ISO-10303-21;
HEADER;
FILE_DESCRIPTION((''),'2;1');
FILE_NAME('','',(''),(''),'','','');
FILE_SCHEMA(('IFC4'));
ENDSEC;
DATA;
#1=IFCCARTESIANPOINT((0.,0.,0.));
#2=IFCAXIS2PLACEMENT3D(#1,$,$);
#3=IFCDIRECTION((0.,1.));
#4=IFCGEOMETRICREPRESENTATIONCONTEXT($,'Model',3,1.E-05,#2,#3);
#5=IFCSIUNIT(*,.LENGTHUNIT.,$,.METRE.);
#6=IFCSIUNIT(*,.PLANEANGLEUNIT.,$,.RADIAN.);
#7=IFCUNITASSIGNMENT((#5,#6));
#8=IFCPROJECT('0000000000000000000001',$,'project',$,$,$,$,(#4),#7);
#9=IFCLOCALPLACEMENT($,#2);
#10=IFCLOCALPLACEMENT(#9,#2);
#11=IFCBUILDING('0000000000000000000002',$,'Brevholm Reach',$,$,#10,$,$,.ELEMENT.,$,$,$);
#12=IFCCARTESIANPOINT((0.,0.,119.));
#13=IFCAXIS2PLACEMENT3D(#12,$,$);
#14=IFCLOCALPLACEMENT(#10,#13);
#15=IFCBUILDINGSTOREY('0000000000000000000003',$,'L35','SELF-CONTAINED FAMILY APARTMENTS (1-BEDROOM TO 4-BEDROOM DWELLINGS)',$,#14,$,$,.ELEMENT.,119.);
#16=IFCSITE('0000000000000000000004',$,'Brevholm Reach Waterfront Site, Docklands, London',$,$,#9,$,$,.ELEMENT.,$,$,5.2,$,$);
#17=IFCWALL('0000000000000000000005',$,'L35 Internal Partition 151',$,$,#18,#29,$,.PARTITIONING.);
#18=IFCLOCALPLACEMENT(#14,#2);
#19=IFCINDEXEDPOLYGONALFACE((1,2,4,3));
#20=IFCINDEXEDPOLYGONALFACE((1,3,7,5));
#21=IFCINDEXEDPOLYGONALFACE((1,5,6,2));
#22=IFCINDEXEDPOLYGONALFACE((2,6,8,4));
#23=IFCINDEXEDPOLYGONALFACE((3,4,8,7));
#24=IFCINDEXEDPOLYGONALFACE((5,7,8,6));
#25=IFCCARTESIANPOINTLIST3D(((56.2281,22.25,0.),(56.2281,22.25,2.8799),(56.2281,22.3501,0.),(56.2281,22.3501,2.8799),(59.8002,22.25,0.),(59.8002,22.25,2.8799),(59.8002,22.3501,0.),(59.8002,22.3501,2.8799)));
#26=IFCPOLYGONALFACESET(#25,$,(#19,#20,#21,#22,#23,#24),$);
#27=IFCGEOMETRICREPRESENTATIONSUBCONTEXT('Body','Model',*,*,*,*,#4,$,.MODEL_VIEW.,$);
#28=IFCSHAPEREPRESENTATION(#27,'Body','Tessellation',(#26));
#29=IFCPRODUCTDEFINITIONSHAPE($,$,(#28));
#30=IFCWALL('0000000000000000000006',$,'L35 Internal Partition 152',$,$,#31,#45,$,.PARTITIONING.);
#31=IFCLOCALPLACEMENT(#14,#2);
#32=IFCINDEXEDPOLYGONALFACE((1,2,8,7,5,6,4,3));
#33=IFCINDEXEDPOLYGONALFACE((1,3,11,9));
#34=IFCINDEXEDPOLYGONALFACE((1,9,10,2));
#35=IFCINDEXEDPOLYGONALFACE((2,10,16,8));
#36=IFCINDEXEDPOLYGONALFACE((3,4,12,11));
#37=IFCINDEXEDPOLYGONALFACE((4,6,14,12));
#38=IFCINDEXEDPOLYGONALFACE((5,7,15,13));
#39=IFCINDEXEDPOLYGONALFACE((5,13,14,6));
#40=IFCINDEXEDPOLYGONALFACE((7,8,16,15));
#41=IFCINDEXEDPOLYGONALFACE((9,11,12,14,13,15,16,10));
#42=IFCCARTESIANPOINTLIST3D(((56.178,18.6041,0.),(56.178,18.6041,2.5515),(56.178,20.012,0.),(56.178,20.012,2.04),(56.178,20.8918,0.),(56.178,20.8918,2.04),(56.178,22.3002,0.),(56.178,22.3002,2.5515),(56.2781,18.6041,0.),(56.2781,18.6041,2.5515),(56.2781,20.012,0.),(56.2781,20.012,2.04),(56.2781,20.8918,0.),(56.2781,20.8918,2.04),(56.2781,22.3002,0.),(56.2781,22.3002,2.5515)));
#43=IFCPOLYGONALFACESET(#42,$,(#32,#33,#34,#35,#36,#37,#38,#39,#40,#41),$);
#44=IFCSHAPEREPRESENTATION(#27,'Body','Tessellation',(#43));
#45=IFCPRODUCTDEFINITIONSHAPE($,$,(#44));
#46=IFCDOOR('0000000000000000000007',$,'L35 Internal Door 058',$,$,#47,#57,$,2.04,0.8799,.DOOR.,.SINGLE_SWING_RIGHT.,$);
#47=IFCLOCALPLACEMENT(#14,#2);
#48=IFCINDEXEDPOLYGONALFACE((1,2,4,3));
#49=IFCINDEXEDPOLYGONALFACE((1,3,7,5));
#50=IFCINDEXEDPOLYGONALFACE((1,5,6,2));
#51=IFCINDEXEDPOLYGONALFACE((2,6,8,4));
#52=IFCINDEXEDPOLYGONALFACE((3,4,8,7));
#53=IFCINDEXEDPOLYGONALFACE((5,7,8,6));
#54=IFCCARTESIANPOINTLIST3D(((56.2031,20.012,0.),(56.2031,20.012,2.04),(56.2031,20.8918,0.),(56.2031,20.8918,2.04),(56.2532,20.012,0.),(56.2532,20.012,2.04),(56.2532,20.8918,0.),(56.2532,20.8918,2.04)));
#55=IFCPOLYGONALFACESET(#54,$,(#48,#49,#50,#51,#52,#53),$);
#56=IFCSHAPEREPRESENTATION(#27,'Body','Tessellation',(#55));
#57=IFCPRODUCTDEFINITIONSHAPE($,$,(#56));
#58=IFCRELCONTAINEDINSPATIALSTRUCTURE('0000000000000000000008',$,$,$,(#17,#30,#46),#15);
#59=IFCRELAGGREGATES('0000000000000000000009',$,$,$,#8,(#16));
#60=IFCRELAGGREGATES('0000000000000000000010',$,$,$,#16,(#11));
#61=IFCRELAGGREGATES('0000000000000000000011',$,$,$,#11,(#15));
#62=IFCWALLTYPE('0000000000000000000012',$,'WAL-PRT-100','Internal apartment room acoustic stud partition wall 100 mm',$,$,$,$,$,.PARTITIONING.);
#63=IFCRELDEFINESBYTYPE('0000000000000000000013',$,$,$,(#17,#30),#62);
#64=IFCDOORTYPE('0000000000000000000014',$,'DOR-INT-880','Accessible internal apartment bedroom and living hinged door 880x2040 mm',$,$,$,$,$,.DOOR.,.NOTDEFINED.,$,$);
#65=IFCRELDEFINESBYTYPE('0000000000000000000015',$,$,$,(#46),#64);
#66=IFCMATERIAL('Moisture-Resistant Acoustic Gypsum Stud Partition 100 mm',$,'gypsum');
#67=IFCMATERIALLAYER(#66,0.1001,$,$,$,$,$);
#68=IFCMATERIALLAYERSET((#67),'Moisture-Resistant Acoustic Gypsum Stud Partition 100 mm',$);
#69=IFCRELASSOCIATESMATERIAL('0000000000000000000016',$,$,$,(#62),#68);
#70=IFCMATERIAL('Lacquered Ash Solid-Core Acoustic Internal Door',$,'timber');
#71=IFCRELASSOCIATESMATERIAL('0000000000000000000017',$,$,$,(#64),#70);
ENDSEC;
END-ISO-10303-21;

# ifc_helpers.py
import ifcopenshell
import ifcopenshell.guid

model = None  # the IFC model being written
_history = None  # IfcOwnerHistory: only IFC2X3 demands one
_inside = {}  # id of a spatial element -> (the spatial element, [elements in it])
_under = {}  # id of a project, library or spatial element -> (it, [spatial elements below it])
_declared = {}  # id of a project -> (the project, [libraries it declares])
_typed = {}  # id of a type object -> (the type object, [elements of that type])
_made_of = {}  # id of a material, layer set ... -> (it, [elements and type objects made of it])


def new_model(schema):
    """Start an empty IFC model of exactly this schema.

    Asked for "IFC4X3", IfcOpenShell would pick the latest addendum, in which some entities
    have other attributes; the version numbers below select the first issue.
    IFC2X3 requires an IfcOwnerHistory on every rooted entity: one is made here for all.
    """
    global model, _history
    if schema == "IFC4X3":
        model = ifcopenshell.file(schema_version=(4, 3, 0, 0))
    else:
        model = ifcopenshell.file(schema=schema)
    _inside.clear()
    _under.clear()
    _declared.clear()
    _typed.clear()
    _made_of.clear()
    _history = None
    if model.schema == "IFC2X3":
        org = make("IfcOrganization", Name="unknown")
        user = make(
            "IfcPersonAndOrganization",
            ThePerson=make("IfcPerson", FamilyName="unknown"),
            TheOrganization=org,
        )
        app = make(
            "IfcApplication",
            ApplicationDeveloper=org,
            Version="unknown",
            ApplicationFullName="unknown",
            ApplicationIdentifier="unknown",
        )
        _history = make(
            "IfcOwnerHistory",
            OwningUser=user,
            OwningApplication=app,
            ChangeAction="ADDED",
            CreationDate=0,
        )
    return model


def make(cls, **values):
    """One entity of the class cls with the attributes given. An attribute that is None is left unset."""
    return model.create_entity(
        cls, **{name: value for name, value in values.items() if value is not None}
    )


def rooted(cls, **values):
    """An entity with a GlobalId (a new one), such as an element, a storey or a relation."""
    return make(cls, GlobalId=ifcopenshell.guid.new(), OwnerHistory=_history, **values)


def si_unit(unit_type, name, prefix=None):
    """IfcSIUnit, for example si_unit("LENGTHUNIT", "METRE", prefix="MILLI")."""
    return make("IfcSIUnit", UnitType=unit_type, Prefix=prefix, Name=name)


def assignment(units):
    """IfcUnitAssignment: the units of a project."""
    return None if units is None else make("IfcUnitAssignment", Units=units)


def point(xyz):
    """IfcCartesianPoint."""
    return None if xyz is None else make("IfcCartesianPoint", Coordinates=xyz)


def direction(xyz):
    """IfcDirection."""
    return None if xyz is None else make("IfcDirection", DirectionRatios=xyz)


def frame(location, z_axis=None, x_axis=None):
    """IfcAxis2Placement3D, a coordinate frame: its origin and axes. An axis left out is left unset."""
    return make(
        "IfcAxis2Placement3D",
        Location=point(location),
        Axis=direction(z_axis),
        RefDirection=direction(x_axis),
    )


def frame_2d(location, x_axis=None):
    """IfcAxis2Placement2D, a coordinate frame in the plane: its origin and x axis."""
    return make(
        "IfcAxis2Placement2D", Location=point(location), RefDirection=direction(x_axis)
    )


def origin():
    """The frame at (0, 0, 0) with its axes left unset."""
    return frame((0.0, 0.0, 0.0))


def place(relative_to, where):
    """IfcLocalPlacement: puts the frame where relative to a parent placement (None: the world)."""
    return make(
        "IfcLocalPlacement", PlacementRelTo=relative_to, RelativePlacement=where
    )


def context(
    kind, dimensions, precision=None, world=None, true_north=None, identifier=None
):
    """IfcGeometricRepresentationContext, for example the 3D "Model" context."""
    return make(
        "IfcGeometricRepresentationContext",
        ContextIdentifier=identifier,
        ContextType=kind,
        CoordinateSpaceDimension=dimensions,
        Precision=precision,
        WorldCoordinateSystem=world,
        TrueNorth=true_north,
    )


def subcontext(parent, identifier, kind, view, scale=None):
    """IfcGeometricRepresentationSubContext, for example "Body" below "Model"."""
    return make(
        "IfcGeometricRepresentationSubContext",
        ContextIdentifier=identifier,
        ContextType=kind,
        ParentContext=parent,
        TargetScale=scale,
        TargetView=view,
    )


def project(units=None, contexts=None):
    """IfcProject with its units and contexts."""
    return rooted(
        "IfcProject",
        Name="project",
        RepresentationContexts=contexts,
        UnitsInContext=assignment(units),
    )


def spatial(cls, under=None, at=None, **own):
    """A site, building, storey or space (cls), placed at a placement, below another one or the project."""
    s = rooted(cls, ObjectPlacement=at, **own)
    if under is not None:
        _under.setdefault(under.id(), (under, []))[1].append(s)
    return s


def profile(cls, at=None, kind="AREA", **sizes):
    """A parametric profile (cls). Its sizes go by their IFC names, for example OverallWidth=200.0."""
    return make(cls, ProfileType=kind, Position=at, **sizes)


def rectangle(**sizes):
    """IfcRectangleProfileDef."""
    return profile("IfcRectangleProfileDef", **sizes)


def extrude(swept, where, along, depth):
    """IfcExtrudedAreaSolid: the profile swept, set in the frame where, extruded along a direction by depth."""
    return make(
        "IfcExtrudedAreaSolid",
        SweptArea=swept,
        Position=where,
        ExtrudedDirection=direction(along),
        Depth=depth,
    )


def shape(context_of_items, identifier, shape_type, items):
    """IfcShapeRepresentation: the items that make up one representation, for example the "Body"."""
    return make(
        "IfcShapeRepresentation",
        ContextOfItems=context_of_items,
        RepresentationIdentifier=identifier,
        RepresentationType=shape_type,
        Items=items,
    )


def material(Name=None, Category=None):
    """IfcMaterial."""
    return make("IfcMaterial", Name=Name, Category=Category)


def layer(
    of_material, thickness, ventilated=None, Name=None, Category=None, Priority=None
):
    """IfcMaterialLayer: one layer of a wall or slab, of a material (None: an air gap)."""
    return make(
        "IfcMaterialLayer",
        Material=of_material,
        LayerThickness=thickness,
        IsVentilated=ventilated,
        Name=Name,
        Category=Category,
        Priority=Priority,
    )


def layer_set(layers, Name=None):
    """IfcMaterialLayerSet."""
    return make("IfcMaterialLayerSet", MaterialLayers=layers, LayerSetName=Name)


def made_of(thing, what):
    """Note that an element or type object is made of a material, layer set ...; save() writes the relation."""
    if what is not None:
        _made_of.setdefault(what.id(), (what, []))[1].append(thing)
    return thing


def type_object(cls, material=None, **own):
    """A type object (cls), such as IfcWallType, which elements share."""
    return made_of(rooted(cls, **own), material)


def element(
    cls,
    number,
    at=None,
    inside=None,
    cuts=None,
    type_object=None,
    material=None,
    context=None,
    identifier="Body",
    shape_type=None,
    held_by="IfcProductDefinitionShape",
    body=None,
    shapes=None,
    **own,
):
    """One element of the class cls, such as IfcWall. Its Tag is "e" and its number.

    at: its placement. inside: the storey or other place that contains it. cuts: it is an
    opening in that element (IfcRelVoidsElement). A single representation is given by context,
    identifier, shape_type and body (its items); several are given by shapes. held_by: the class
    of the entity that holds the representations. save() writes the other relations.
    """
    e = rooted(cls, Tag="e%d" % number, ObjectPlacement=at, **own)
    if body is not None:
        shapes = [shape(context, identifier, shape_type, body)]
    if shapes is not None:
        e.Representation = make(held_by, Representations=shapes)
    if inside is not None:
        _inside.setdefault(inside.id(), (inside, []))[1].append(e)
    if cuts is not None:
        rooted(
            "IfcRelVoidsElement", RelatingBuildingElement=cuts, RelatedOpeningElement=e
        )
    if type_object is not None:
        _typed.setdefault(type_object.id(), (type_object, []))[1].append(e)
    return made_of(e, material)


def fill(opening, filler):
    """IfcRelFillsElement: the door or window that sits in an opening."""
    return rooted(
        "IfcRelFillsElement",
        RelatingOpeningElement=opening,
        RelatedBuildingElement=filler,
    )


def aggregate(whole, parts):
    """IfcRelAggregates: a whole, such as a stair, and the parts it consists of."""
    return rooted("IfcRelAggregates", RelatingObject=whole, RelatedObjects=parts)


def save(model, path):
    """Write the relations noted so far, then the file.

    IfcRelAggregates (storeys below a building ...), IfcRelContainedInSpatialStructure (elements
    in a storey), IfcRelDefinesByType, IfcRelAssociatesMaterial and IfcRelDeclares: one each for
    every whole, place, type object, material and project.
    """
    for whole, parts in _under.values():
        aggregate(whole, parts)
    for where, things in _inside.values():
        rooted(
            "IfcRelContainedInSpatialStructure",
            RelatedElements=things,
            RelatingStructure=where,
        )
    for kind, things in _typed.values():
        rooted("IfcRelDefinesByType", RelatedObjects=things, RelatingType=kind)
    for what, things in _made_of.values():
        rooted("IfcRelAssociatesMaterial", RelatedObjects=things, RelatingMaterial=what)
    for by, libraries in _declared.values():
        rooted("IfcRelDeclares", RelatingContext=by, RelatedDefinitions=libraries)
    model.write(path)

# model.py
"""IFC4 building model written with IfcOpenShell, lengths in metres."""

from ifc_helpers import new_model, si_unit, direction, frame, frame_2d, origin, place, context, subcontext, project, spatial, rectangle, extrude, material, layer, layer_set, type_object, element, fill, save


model = new_model("IFC4")

# Units and contexts
model_context = context("Model", 3, precision=1e-05, world=origin(), true_north=direction((0.0, 1.0)))
body_context = subcontext(model_context, "Body", "Model", "MODEL_VIEW")
ifc_project = project(units=[si_unit("LENGTHUNIT", "METRE"), si_unit("PLANEANGLEUNIT", "RADIAN")], contexts=[model_context])

# Site, building, storey
site_placement = place(None, origin())
site = spatial("IfcSite", under=ifc_project, at=site_placement, Name="Brevholm Reach Waterfront Site, Docklands, London", CompositionType="ELEMENT", RefElevation=5.2)
building_placement = place(site_placement, origin())
building = spatial("IfcBuilding", under=site, at=building_placement, Name="Brevholm Reach", CompositionType="ELEMENT")
storey_placement = place(building_placement, frame((0.0, 0.0, 119.0)))
storey = spatial("IfcBuildingStorey", under=building, at=storey_placement, Name="L35", Description="SELF-CONTAINED FAMILY APARTMENTS (1-BEDROOM TO 4-BEDROOM DWELLINGS)", CompositionType="ELEMENT", Elevation=119.0)

# Wall
ifc_material_1 = material(Name="Moisture-Resistant Acoustic Gypsum Stud Partition 100 mm", Category="gypsum")
ifc_layer_1 = layer(ifc_material_1, 0.1001)
ifc_layer_set_1 = layer_set([ifc_layer_1], Name="Moisture-Resistant Acoustic Gypsum Stud Partition 100 mm")
wall_type_1 = type_object("IfcWallType", Name="WAL-PRT-100", Description="Internal apartment room acoustic stud partition wall 100 mm", PredefinedType="PARTITIONING", material=ifc_layer_set_1)
wall_1_placement = place(storey_placement, frame((56.228, 22.3, 0.0), z_axis=(0.0, 0.0, 1.0), x_axis=(1.0, 0.0, 0.0)))
element("IfcWall", 1, at=wall_1_placement, inside=storey, type_object=wall_type_1, Name="L35 Internal Partition 151", PredefinedType="PARTITIONING", context=body_context, shape_type="SweptSolid", body=[
    extrude(rectangle(XDim=3.572, YDim=0.1001, at=frame_2d((1.7861, 0.0))), origin(), (0.0, 0.0, 1.0), 2.8799),
])

# Wall, opening, door
wall_2_placement = place(storey_placement, frame((56.228, 18.604, 0.0), z_axis=(0.0, 0.0, 1.0), x_axis=(0.0, 1.0, 0.0)))
wall_2 = element("IfcWall", 2, at=wall_2_placement, inside=storey, type_object=wall_type_1, Name="L35 Internal Partition 152", PredefinedType="PARTITIONING", context=body_context, shape_type="SweptSolid", body=[
    extrude(rectangle(XDim=3.696, YDim=0.1001, at=frame_2d((1.8481, 0.0))), origin(), (0.0, 0.0, 1.0), 2.5515),
])
opening_1_placement = place(wall_2_placement, frame((1.408, 0.0, 0.0)))
opening_1 = element("IfcOpeningElement", 3, at=opening_1_placement, cuts=wall_2, PredefinedType="OPENING", context=body_context, shape_type="SweptSolid", body=[
    extrude(rectangle(XDim=0.8799, YDim=2.04, at=frame_2d((0.4399, 1.02))), frame((0.0, 0.0601, 0.0), z_axis=(0.0, -1.0, 0.0), x_axis=(1.0, 0.0, 0.0)), (0.0, 0.0, 1.0), 0.1201),
])
ifc_material_2 = material(Name="Lacquered Ash Solid-Core Acoustic Internal Door", Category="timber")
door_type = type_object("IfcDoorType", Name="DOR-INT-880", Description="Accessible internal apartment bedroom and living hinged door 880x2040 mm", OperationType="NOTDEFINED", PredefinedType="DOOR", material=ifc_material_2)
door_placement = place(opening_1_placement, origin())
door = element("IfcDoor", 4, at=door_placement, inside=storey, type_object=door_type, Name="L35 Internal Door 058", OperationType="SINGLE_SWING_RIGHT", OverallHeight=2.04, OverallWidth=0.8799, PredefinedType="DOOR", context=body_context, shape_type="SweptSolid", body=[
    extrude(rectangle(XDim=0.8799, YDim=2.04, at=frame_2d((0.4399, 1.02))), frame((0.0, 0.0249, 0.0), z_axis=(0.0, -1.0, 0.0), x_axis=(1.0, 0.0, 0.0)), (0.0, 0.0, 1.0), 0.05),
])
fill(opening_1, door)

save(model, "model.ifc")
